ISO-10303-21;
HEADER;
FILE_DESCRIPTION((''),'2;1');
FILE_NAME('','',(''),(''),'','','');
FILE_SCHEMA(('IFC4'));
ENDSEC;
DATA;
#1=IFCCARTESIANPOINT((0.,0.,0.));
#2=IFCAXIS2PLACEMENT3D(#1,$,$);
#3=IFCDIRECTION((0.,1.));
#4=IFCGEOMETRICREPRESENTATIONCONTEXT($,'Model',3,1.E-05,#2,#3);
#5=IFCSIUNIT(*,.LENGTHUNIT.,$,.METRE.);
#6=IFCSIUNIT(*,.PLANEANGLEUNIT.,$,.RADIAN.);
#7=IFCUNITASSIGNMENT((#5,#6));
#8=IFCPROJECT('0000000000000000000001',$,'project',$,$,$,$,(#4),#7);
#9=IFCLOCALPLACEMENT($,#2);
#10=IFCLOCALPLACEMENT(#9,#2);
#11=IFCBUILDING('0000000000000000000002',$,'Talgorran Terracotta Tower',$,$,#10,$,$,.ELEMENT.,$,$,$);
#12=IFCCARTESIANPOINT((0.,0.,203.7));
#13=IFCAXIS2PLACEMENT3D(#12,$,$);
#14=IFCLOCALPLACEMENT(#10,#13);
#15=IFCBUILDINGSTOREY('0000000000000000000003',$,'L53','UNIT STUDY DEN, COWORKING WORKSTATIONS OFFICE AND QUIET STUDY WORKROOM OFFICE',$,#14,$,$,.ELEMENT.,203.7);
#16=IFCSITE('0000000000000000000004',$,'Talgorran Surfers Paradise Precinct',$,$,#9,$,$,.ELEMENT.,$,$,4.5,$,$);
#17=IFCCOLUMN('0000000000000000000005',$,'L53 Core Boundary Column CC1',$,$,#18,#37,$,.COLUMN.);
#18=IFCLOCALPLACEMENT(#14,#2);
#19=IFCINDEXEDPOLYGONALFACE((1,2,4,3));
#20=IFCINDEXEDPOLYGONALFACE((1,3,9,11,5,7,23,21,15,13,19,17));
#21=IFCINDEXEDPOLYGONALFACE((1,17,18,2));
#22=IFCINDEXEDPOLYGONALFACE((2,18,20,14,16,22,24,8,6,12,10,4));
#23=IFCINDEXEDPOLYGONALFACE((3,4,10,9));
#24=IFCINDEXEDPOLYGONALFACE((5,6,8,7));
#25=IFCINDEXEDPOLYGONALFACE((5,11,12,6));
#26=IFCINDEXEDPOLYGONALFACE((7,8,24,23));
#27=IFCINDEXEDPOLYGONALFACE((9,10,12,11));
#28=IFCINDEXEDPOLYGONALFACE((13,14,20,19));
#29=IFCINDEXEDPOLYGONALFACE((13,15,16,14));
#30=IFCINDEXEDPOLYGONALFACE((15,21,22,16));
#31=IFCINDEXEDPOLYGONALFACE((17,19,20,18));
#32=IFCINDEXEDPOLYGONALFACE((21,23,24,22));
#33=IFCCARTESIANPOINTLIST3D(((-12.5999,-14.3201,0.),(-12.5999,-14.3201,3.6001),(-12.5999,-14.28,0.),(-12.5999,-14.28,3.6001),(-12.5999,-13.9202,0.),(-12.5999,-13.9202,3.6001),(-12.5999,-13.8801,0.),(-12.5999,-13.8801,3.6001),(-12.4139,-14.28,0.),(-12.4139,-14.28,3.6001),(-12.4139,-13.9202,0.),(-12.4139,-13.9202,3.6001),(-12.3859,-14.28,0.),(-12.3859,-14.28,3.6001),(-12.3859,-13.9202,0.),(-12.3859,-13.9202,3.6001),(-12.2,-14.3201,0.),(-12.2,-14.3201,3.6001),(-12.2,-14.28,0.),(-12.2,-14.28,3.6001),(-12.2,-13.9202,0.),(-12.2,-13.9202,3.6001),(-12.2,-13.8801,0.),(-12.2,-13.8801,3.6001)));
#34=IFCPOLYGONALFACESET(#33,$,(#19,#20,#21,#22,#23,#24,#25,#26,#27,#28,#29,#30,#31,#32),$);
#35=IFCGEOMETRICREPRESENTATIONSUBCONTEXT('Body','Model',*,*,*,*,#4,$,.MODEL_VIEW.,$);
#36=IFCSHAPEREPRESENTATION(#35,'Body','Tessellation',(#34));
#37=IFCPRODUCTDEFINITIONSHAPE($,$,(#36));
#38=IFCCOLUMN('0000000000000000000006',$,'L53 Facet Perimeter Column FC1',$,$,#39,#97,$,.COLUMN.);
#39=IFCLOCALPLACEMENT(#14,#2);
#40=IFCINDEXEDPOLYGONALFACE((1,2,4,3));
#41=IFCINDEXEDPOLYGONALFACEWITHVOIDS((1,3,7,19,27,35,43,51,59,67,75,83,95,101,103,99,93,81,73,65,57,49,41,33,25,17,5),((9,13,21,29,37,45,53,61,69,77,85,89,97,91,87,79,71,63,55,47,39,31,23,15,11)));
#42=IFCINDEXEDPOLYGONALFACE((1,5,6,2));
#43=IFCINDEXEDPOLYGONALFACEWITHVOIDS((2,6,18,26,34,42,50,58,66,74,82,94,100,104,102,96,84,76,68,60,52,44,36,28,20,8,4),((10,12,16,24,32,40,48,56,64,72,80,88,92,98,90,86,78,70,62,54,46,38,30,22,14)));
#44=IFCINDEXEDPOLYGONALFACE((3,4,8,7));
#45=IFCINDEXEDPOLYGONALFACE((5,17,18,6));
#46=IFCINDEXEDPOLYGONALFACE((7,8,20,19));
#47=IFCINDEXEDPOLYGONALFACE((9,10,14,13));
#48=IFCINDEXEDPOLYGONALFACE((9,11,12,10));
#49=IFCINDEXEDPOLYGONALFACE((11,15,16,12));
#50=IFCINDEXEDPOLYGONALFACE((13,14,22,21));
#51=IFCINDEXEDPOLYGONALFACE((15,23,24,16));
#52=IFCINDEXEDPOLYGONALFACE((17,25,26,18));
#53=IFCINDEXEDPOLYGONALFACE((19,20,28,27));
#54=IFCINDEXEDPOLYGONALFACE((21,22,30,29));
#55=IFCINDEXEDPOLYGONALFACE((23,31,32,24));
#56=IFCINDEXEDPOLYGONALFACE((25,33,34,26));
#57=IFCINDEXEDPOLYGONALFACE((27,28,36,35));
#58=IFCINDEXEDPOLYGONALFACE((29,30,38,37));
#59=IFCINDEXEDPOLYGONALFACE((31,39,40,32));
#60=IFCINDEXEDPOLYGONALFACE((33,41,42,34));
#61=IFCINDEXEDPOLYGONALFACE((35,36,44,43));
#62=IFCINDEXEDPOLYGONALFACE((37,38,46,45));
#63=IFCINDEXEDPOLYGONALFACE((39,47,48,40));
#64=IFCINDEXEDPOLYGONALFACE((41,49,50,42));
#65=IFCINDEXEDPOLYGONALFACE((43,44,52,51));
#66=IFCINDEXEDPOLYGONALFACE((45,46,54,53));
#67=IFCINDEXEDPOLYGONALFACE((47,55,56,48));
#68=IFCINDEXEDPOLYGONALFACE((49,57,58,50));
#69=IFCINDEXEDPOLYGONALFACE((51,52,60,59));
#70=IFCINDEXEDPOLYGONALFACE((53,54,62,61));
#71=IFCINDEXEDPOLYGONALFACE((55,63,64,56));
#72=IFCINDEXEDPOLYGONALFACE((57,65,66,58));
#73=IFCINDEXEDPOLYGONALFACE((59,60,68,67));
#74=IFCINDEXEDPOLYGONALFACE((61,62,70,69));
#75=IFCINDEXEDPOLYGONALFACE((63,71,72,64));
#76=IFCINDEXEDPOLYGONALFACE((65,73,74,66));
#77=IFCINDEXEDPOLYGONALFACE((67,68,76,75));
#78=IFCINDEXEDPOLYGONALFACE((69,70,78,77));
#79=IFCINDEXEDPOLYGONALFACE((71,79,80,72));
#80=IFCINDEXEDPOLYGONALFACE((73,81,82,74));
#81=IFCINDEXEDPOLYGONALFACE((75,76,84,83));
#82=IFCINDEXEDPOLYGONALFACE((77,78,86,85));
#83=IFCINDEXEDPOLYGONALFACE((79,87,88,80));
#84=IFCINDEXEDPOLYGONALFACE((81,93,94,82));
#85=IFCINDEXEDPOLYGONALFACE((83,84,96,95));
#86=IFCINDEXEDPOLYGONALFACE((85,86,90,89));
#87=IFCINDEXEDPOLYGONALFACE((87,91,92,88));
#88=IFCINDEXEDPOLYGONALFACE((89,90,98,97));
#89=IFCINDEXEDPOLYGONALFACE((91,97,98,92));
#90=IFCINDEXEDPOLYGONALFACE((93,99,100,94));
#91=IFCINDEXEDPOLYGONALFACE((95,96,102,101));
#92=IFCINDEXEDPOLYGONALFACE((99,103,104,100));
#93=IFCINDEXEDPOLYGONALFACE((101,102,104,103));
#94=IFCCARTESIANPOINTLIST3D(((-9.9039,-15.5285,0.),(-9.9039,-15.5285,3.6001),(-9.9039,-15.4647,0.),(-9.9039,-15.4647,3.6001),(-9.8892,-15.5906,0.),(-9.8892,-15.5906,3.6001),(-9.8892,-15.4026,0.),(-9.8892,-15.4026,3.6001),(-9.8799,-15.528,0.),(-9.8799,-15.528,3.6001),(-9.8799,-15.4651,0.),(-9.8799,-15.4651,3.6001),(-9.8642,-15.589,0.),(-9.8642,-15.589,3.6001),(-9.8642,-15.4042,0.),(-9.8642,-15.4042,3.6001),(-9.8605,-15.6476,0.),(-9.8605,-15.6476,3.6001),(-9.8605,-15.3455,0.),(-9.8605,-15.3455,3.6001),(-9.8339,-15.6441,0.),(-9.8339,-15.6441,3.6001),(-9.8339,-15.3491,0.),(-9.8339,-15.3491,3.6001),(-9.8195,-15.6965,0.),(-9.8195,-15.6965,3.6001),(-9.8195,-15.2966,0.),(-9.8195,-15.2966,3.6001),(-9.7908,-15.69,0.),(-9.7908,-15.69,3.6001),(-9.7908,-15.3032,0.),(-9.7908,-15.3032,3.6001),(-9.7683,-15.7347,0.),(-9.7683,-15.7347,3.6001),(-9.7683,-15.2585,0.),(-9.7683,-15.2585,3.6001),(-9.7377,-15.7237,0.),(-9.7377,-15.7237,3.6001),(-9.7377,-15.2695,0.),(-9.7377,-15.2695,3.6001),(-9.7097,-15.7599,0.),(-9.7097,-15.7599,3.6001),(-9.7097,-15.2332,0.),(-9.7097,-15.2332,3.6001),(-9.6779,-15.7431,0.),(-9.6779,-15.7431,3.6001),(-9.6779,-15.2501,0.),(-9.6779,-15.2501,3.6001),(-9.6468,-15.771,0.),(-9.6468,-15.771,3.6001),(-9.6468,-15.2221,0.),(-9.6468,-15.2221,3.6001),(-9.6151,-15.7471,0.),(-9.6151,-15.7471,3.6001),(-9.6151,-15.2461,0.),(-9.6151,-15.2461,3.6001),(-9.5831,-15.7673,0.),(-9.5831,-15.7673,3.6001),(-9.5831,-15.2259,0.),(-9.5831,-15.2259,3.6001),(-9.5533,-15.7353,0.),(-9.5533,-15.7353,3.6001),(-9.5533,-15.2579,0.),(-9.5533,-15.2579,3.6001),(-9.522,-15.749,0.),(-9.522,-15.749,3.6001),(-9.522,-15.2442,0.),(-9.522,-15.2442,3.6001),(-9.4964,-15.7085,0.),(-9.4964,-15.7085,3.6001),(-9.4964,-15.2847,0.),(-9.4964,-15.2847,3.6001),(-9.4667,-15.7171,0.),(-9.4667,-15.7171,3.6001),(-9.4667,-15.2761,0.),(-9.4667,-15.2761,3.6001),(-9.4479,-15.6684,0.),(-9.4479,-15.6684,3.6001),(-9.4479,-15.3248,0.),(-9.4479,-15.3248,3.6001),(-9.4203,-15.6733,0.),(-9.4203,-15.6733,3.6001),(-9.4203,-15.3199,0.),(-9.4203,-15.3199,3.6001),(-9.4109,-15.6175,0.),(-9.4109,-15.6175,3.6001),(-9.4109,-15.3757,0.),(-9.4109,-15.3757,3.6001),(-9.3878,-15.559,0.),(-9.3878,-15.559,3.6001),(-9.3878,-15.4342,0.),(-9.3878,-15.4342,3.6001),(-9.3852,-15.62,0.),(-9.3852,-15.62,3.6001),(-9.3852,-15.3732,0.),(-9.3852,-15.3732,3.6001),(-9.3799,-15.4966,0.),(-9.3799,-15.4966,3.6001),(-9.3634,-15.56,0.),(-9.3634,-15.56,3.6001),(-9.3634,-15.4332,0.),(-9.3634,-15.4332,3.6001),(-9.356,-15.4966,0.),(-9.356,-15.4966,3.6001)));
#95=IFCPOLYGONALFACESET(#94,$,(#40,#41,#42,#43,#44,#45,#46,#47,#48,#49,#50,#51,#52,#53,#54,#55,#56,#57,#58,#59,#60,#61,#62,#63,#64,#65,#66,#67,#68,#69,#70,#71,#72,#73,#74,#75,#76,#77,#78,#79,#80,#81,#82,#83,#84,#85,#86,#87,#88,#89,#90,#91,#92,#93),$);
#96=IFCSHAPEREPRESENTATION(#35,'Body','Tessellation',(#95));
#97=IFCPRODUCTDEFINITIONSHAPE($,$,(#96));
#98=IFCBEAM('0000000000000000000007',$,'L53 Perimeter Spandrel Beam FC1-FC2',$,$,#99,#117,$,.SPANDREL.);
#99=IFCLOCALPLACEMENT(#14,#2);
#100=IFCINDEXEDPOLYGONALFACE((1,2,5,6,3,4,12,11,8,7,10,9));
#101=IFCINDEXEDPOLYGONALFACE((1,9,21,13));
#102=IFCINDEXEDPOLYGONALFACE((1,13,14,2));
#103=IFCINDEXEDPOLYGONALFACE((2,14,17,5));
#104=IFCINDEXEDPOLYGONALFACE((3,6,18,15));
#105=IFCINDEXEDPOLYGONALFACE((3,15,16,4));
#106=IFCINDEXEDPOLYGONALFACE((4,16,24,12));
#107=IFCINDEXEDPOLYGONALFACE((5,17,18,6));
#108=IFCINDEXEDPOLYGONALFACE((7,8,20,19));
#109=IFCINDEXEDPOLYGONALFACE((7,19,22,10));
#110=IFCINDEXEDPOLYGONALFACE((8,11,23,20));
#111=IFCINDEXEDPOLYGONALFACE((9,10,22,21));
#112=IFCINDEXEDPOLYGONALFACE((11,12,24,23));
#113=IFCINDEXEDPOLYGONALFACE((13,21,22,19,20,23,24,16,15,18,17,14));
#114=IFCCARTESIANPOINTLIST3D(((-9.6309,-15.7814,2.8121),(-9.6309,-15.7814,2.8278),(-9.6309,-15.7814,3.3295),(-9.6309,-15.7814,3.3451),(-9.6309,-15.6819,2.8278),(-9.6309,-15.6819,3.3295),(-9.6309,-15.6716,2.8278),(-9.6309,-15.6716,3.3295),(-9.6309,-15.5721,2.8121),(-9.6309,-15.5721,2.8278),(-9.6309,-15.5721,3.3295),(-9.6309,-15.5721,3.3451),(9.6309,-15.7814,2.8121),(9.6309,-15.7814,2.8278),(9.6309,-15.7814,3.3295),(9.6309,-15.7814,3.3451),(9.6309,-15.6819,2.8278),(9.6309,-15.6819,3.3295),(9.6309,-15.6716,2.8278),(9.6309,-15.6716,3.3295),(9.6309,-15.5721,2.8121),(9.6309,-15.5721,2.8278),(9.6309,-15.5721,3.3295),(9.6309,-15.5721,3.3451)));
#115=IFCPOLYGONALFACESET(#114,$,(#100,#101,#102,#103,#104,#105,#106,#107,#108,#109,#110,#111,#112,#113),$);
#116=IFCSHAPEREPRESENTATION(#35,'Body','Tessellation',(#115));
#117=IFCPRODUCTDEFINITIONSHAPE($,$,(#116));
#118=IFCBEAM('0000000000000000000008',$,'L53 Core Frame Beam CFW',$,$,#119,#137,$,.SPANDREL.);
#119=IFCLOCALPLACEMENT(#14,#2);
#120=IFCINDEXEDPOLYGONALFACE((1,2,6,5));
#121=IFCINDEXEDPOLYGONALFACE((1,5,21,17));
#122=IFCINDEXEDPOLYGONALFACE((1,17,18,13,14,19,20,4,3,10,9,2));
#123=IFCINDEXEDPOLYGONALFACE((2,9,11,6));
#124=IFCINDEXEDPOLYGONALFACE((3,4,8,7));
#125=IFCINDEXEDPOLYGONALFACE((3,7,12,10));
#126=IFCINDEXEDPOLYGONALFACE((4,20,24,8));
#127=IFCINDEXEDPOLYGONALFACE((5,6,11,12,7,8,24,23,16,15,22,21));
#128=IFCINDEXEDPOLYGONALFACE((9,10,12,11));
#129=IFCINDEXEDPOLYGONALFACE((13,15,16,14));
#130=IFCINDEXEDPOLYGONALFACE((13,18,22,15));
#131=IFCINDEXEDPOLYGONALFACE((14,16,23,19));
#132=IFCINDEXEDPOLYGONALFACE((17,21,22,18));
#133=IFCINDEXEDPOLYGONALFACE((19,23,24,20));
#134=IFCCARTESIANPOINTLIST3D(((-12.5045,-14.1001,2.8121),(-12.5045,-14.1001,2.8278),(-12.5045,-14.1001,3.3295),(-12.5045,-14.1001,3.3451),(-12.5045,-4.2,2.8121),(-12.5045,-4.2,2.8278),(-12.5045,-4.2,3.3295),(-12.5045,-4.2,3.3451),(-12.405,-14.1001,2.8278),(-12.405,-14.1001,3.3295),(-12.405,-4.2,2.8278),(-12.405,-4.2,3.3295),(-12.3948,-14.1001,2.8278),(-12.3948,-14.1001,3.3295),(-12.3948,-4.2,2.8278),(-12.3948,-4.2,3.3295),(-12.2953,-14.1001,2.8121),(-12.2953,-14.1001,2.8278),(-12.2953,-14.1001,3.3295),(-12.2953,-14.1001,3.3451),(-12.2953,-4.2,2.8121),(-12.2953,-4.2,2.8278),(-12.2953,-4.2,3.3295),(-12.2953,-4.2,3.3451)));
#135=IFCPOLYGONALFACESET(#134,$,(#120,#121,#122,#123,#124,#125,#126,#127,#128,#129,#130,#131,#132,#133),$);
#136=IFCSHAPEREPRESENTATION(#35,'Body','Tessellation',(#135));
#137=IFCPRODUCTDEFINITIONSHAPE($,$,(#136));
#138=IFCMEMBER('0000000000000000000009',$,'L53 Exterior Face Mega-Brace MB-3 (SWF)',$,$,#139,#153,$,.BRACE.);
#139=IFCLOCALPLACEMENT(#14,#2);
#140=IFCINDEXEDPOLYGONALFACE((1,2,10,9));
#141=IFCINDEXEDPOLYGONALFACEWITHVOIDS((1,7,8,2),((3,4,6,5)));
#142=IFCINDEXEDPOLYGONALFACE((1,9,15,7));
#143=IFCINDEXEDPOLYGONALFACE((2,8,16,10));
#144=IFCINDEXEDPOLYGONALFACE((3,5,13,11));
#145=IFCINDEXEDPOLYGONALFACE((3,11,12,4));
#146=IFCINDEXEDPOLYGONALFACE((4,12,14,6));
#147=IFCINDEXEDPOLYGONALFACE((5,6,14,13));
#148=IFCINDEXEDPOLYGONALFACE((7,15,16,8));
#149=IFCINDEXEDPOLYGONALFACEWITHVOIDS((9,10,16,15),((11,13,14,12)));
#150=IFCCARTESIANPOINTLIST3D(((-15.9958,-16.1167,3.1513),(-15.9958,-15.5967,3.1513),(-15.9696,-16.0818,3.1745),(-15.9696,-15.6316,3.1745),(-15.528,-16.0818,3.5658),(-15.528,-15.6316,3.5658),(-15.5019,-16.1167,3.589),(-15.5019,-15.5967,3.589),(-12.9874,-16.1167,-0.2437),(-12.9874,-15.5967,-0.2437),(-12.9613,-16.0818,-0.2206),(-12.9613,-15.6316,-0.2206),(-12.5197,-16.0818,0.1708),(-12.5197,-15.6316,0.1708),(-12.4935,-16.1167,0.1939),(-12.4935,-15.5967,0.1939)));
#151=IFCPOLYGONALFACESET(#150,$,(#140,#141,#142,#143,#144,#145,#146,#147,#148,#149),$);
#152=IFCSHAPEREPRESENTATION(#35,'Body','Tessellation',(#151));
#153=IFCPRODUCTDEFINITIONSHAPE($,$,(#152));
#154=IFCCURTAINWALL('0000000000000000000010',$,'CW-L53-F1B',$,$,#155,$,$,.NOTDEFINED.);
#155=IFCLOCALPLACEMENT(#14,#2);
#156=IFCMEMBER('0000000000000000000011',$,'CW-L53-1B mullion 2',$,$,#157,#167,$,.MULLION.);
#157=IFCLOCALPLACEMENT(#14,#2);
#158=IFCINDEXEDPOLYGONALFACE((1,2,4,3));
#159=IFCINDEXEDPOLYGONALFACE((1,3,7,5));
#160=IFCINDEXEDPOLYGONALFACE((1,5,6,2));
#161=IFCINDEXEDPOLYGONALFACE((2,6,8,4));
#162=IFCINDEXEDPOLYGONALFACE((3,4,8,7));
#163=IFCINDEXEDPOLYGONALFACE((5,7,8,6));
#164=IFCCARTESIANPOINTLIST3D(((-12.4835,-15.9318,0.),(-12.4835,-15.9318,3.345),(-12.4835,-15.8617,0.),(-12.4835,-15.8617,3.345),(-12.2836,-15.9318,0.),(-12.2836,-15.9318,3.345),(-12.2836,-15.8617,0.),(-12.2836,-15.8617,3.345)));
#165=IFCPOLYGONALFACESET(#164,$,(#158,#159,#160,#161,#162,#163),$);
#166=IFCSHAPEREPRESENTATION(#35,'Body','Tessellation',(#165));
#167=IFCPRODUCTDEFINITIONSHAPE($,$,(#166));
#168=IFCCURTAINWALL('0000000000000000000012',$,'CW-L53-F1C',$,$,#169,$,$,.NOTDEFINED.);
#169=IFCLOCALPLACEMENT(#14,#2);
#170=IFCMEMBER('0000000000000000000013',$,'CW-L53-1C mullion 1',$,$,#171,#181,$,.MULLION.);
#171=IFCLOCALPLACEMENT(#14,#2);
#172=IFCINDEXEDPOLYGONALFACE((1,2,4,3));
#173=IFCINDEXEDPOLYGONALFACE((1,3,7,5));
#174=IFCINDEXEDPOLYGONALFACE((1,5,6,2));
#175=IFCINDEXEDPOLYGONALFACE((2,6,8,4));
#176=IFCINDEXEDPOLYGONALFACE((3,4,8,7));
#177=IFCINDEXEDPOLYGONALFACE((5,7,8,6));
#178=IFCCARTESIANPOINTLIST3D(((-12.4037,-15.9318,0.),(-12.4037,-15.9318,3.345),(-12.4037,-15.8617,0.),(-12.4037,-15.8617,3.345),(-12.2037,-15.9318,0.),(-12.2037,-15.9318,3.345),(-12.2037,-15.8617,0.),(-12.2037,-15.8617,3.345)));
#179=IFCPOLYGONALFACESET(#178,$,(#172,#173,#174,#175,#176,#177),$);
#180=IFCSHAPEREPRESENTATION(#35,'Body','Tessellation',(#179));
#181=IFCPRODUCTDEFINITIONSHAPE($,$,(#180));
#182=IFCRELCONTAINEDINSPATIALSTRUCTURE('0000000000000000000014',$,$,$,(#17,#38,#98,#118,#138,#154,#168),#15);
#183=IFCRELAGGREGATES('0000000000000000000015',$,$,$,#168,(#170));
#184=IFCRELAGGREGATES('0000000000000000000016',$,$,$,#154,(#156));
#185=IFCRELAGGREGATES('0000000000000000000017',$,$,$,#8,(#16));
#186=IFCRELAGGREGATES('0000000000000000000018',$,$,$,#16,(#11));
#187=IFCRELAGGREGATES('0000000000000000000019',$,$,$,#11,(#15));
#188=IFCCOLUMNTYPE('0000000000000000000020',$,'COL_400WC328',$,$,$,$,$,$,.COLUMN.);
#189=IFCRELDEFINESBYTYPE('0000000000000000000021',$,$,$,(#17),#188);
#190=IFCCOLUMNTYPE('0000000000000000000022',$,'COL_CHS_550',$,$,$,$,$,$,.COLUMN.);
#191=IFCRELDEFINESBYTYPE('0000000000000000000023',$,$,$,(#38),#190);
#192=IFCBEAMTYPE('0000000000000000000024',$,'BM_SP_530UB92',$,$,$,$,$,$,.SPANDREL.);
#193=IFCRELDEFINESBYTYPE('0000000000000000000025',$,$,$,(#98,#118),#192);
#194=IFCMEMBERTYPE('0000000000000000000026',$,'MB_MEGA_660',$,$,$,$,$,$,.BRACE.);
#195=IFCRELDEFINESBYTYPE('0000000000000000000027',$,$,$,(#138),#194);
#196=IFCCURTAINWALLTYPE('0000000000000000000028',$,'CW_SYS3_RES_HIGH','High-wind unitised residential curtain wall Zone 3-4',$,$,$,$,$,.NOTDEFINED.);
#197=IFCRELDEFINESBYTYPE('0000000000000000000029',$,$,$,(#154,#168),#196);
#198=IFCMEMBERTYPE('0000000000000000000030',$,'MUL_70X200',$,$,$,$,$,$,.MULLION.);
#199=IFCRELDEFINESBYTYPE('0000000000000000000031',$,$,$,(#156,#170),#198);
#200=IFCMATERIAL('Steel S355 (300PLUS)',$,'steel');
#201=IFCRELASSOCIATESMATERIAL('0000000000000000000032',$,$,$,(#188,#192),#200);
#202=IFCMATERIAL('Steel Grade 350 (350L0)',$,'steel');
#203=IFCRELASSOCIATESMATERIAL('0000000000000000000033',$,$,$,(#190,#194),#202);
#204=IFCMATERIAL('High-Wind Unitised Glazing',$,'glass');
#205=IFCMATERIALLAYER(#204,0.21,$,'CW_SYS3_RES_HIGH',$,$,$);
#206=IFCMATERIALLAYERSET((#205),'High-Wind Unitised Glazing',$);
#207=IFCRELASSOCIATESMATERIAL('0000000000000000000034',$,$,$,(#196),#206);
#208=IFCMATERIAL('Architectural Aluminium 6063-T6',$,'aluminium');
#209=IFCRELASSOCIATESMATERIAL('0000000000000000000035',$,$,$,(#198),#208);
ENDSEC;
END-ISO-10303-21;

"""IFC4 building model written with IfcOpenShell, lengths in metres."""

from ifc_helpers import new_model, si_unit, direction, frame, origin, origin_2d, place, context, subcontext, project, spatial, rectangle, hollow_rectangle, hollow_circle, i_section, extrude, material, layer, layer_set, material_profile, profile_set, type_object, element, aggregate, save


model = new_model("IFC4")

# Units and contexts
model_context = context("Model", 3, precision=1e-05, world=origin(), true_north=direction((0.0, 1.0)))
body_context = subcontext(model_context, "Body", "Model", "MODEL_VIEW")
ifc_project = project(units=[si_unit("LENGTHUNIT", "METRE"), si_unit("PLANEANGLEUNIT", "RADIAN")], contexts=[model_context])

# Site, building, storey
site_placement = place(None, origin())
site = spatial("IfcSite", under=ifc_project, at=site_placement, Name="Talgorran Surfers Paradise Precinct", CompositionType="ELEMENT", RefElevation=4.5)
building_placement = place(site_placement, origin())
building = spatial("IfcBuilding", under=site, at=building_placement, Name="Talgorran Terracotta Tower", CompositionType="ELEMENT")
storey_placement = place(building_placement, frame((0.0, 0.0, 203.7)))
storey = spatial("IfcBuildingStorey", under=building, at=storey_placement, Name="L53", Description="UNIT STUDY DEN, COWORKING WORKSTATIONS OFFICE AND QUIET STUDY WORKROOM OFFICE", CompositionType="ELEMENT", Elevation=203.7)

# Columns
ifc_material_1 = material(Name="Steel S355 (300PLUS)", Category="steel")
ifc_material_profile_1 = material_profile(ifc_material_1, i_section(OverallWidth=0.3999, OverallDepth=0.4399, WebThickness=0.0281, FlangeThickness=0.04, at=origin_2d()), Name="400WC328")
ifc_profile_set_1 = profile_set([ifc_material_profile_1], Name="Steel S355 (300PLUS)")
column_type_1 = type_object("IfcColumnType", Name="COL_400WC328", PredefinedType="COLUMN", material=ifc_profile_set_1)
column_1_placement = place(storey_placement, frame((-12.3999, -14.1001, 0.0), z_axis=(0.0, 0.0, 1.0), x_axis=(1.0, 0.0, 0.0)))
element("IfcColumn", 1, at=column_1_placement, inside=storey, type_object=column_type_1, Name="L53 Core Boundary Column CC1", PredefinedType="COLUMN", context=body_context, shape_type="SweptSolid", body=[
    extrude(i_section(OverallWidth=0.3999, OverallDepth=0.4399, WebThickness=0.0281, FlangeThickness=0.04, at=origin_2d()), origin(), (0.0, 0.0, 1.0), 3.6001),
])
ifc_material_2 = material(Name="Steel Grade 350 (350L0)", Category="steel")
ifc_material_profile_2 = material_profile(ifc_material_2, hollow_circle(Radius=0.2749, WallThickness=0.0239, at=origin_2d()), Name="CHS550X24")
ifc_profile_set_2 = profile_set([ifc_material_profile_2], Name="Steel Grade 350 (350L0)")
column_type_2 = type_object("IfcColumnType", Name="COL_CHS_550", PredefinedType="COLUMN", material=ifc_profile_set_2)
column_2_placement = place(storey_placement, frame((-9.6309, -15.4966, 0.0), z_axis=(0.0, 0.0, 1.0), x_axis=(1.0, 0.0, 0.0)))
element("IfcColumn", 2, at=column_2_placement, inside=storey, type_object=column_type_2, Name="L53 Facet Perimeter Column FC1", PredefinedType="COLUMN", context=body_context, shape_type="SweptSolid", body=[
    extrude(hollow_circle(Radius=0.2749, WallThickness=0.0239, at=origin_2d()), origin(), (0.0, 0.0, 1.0), 3.6001),
])

# Beams
ifc_material_profile_3 = material_profile(ifc_material_1, i_section(OverallWidth=0.2092, OverallDepth=0.533, WebThickness=0.0103, FlangeThickness=0.0156, at=origin_2d()), Name="530UB92.4")
ifc_profile_set_3 = profile_set([ifc_material_profile_3], Name="Steel S355 (300PLUS)")
beam_type = type_object("IfcBeamType", Name="BM_SP_530UB92", PredefinedType="SPANDREL", material=ifc_profile_set_3)
beam_1_placement = place(storey_placement, frame((-9.6309, -15.6768, 3.0786), z_axis=(1.0, 0.0, 0.0), x_axis=(0.0, 1.0, 0.0)))
element("IfcBeam", 3, at=beam_1_placement, inside=storey, type_object=beam_type, Name="L53 Perimeter Spandrel Beam FC1-FC2", PredefinedType="SPANDREL", context=body_context, shape_type="SweptSolid", body=[
    extrude(i_section(OverallWidth=0.2092, OverallDepth=0.533, WebThickness=0.0103, FlangeThickness=0.0156, at=origin_2d()), origin(), (0.0, 0.0, 1.0), 19.2617),
])
beam_2_placement = place(storey_placement, frame((-12.3999, -14.1001, 3.0786), z_axis=(0.0, 1.0, 0.0), x_axis=(-1.0, 0.0, 0.0)))
element("IfcBeam", 4, at=beam_2_placement, inside=storey, type_object=beam_type, Name="L53 Core Frame Beam CFW", PredefinedType="SPANDREL", context=body_context, shape_type="SweptSolid", body=[
    extrude(i_section(OverallWidth=0.2092, OverallDepth=0.533, WebThickness=0.0103, FlangeThickness=0.0156, at=origin_2d()), origin(), (0.0, 0.0, 1.0), 9.9001),
])

# Member
ifc_material_profile_4 = material_profile(ifc_material_2, hollow_rectangle(XDim=0.52, YDim=0.6599, WallThickness=0.0349, at=origin_2d()), Name="WBOX660X520X35")
ifc_profile_set_4 = profile_set([ifc_material_profile_4], Name="Steel Grade 350 (350L0)")
member_type_1 = type_object("IfcMemberType", Name="MB_MEGA_660", PredefinedType="BRACE", material=ifc_profile_set_4)
member_1_placement = place(storey_placement, frame((-12.7405, -15.8567, -0.0249), z_axis=(-0.663194, 0.0, 0.748448), x_axis=(0.0, -1.0, 0.0)))
element("IfcMember", 5, at=member_1_placement, inside=storey, type_object=member_type_1, Name="L53 Exterior Face Mega-Brace MB-3 (SWF)", PredefinedType="BRACE", context=body_context, shape_type="SweptSolid", body=[
    extrude(hollow_rectangle(XDim=0.52, YDim=0.6599, WallThickness=0.0349, at=origin_2d()), origin(), (0.0, 0.0, 1.0), 4.5361),
])

# Curtain wall, member
ifc_material_3 = material(Name="High-Wind Unitised Glazing", Category="glass")
ifc_layer_1 = layer(ifc_material_3, 0.21, Name="CW_SYS3_RES_HIGH")
ifc_layer_set_1 = layer_set([ifc_layer_1], Name="High-Wind Unitised Glazing")
curtain_wall_type = type_object("IfcCurtainWallType", Name="CW_SYS3_RES_HIGH", Description="High-wind unitised residential curtain wall Zone 3-4", PredefinedType="NOTDEFINED", material=ifc_layer_set_1)
curtain_wall_1_placement = place(storey_placement, origin())
curtain_wall_1 = element("IfcCurtainWall", 6, at=curtain_wall_1_placement, inside=storey, type_object=curtain_wall_type, Name="CW-L53-F1B", PredefinedType="NOTDEFINED")
ifc_material_4 = material(Name="Architectural Aluminium 6063-T6", Category="aluminium")
ifc_material_profile_5 = material_profile(ifc_material_4, rectangle(XDim=0.0701, YDim=0.2, at=origin_2d()), Name="CWM70X200")
ifc_profile_set_5 = profile_set([ifc_material_profile_5], Name="Architectural Aluminium 6063-T6")
member_type_2 = type_object("IfcMemberType", Name="MUL_70X200", PredefinedType="MULLION", material=ifc_profile_set_5)
member_2_placement = place(storey_placement, frame((-12.3835, -15.8967, 0.0), z_axis=(0.0, 0.0, 1.0), x_axis=(0.0, 1.0, 0.0)))
member_2 = element("IfcMember", 7, at=member_2_placement, type_object=member_type_2, Name="CW-L53-1B mullion 2", PredefinedType="MULLION", context=body_context, shape_type="SweptSolid", body=[
    extrude(rectangle(XDim=0.0701, YDim=0.2, at=origin_2d()), origin(), (0.0, 0.0, 1.0), 3.345),
])

# Curtain wall, member
curtain_wall_2_placement = place(storey_placement, origin())
curtain_wall_2 = element("IfcCurtainWall", 8, at=curtain_wall_2_placement, inside=storey, type_object=curtain_wall_type, Name="CW-L53-F1C", PredefinedType="NOTDEFINED")
member_3_placement = place(storey_placement, frame((-12.3037, -15.8967, 0.0), z_axis=(0.0, 0.0, 1.0), x_axis=(0.0, 1.0, 0.0)))
member_3 = element("IfcMember", 9, at=member_3_placement, type_object=member_type_2, Name="CW-L53-1C mullion 1", PredefinedType="MULLION", context=body_context, shape_type="SweptSolid", body=[
    extrude(rectangle(XDim=0.0701, YDim=0.2, at=origin_2d()), origin(), (0.0, 0.0, 1.0), 3.345),
])
aggregate(curtain_wall_2, [member_3])

aggregate(curtain_wall_1, [member_2])

save(model, "model.ifc")
